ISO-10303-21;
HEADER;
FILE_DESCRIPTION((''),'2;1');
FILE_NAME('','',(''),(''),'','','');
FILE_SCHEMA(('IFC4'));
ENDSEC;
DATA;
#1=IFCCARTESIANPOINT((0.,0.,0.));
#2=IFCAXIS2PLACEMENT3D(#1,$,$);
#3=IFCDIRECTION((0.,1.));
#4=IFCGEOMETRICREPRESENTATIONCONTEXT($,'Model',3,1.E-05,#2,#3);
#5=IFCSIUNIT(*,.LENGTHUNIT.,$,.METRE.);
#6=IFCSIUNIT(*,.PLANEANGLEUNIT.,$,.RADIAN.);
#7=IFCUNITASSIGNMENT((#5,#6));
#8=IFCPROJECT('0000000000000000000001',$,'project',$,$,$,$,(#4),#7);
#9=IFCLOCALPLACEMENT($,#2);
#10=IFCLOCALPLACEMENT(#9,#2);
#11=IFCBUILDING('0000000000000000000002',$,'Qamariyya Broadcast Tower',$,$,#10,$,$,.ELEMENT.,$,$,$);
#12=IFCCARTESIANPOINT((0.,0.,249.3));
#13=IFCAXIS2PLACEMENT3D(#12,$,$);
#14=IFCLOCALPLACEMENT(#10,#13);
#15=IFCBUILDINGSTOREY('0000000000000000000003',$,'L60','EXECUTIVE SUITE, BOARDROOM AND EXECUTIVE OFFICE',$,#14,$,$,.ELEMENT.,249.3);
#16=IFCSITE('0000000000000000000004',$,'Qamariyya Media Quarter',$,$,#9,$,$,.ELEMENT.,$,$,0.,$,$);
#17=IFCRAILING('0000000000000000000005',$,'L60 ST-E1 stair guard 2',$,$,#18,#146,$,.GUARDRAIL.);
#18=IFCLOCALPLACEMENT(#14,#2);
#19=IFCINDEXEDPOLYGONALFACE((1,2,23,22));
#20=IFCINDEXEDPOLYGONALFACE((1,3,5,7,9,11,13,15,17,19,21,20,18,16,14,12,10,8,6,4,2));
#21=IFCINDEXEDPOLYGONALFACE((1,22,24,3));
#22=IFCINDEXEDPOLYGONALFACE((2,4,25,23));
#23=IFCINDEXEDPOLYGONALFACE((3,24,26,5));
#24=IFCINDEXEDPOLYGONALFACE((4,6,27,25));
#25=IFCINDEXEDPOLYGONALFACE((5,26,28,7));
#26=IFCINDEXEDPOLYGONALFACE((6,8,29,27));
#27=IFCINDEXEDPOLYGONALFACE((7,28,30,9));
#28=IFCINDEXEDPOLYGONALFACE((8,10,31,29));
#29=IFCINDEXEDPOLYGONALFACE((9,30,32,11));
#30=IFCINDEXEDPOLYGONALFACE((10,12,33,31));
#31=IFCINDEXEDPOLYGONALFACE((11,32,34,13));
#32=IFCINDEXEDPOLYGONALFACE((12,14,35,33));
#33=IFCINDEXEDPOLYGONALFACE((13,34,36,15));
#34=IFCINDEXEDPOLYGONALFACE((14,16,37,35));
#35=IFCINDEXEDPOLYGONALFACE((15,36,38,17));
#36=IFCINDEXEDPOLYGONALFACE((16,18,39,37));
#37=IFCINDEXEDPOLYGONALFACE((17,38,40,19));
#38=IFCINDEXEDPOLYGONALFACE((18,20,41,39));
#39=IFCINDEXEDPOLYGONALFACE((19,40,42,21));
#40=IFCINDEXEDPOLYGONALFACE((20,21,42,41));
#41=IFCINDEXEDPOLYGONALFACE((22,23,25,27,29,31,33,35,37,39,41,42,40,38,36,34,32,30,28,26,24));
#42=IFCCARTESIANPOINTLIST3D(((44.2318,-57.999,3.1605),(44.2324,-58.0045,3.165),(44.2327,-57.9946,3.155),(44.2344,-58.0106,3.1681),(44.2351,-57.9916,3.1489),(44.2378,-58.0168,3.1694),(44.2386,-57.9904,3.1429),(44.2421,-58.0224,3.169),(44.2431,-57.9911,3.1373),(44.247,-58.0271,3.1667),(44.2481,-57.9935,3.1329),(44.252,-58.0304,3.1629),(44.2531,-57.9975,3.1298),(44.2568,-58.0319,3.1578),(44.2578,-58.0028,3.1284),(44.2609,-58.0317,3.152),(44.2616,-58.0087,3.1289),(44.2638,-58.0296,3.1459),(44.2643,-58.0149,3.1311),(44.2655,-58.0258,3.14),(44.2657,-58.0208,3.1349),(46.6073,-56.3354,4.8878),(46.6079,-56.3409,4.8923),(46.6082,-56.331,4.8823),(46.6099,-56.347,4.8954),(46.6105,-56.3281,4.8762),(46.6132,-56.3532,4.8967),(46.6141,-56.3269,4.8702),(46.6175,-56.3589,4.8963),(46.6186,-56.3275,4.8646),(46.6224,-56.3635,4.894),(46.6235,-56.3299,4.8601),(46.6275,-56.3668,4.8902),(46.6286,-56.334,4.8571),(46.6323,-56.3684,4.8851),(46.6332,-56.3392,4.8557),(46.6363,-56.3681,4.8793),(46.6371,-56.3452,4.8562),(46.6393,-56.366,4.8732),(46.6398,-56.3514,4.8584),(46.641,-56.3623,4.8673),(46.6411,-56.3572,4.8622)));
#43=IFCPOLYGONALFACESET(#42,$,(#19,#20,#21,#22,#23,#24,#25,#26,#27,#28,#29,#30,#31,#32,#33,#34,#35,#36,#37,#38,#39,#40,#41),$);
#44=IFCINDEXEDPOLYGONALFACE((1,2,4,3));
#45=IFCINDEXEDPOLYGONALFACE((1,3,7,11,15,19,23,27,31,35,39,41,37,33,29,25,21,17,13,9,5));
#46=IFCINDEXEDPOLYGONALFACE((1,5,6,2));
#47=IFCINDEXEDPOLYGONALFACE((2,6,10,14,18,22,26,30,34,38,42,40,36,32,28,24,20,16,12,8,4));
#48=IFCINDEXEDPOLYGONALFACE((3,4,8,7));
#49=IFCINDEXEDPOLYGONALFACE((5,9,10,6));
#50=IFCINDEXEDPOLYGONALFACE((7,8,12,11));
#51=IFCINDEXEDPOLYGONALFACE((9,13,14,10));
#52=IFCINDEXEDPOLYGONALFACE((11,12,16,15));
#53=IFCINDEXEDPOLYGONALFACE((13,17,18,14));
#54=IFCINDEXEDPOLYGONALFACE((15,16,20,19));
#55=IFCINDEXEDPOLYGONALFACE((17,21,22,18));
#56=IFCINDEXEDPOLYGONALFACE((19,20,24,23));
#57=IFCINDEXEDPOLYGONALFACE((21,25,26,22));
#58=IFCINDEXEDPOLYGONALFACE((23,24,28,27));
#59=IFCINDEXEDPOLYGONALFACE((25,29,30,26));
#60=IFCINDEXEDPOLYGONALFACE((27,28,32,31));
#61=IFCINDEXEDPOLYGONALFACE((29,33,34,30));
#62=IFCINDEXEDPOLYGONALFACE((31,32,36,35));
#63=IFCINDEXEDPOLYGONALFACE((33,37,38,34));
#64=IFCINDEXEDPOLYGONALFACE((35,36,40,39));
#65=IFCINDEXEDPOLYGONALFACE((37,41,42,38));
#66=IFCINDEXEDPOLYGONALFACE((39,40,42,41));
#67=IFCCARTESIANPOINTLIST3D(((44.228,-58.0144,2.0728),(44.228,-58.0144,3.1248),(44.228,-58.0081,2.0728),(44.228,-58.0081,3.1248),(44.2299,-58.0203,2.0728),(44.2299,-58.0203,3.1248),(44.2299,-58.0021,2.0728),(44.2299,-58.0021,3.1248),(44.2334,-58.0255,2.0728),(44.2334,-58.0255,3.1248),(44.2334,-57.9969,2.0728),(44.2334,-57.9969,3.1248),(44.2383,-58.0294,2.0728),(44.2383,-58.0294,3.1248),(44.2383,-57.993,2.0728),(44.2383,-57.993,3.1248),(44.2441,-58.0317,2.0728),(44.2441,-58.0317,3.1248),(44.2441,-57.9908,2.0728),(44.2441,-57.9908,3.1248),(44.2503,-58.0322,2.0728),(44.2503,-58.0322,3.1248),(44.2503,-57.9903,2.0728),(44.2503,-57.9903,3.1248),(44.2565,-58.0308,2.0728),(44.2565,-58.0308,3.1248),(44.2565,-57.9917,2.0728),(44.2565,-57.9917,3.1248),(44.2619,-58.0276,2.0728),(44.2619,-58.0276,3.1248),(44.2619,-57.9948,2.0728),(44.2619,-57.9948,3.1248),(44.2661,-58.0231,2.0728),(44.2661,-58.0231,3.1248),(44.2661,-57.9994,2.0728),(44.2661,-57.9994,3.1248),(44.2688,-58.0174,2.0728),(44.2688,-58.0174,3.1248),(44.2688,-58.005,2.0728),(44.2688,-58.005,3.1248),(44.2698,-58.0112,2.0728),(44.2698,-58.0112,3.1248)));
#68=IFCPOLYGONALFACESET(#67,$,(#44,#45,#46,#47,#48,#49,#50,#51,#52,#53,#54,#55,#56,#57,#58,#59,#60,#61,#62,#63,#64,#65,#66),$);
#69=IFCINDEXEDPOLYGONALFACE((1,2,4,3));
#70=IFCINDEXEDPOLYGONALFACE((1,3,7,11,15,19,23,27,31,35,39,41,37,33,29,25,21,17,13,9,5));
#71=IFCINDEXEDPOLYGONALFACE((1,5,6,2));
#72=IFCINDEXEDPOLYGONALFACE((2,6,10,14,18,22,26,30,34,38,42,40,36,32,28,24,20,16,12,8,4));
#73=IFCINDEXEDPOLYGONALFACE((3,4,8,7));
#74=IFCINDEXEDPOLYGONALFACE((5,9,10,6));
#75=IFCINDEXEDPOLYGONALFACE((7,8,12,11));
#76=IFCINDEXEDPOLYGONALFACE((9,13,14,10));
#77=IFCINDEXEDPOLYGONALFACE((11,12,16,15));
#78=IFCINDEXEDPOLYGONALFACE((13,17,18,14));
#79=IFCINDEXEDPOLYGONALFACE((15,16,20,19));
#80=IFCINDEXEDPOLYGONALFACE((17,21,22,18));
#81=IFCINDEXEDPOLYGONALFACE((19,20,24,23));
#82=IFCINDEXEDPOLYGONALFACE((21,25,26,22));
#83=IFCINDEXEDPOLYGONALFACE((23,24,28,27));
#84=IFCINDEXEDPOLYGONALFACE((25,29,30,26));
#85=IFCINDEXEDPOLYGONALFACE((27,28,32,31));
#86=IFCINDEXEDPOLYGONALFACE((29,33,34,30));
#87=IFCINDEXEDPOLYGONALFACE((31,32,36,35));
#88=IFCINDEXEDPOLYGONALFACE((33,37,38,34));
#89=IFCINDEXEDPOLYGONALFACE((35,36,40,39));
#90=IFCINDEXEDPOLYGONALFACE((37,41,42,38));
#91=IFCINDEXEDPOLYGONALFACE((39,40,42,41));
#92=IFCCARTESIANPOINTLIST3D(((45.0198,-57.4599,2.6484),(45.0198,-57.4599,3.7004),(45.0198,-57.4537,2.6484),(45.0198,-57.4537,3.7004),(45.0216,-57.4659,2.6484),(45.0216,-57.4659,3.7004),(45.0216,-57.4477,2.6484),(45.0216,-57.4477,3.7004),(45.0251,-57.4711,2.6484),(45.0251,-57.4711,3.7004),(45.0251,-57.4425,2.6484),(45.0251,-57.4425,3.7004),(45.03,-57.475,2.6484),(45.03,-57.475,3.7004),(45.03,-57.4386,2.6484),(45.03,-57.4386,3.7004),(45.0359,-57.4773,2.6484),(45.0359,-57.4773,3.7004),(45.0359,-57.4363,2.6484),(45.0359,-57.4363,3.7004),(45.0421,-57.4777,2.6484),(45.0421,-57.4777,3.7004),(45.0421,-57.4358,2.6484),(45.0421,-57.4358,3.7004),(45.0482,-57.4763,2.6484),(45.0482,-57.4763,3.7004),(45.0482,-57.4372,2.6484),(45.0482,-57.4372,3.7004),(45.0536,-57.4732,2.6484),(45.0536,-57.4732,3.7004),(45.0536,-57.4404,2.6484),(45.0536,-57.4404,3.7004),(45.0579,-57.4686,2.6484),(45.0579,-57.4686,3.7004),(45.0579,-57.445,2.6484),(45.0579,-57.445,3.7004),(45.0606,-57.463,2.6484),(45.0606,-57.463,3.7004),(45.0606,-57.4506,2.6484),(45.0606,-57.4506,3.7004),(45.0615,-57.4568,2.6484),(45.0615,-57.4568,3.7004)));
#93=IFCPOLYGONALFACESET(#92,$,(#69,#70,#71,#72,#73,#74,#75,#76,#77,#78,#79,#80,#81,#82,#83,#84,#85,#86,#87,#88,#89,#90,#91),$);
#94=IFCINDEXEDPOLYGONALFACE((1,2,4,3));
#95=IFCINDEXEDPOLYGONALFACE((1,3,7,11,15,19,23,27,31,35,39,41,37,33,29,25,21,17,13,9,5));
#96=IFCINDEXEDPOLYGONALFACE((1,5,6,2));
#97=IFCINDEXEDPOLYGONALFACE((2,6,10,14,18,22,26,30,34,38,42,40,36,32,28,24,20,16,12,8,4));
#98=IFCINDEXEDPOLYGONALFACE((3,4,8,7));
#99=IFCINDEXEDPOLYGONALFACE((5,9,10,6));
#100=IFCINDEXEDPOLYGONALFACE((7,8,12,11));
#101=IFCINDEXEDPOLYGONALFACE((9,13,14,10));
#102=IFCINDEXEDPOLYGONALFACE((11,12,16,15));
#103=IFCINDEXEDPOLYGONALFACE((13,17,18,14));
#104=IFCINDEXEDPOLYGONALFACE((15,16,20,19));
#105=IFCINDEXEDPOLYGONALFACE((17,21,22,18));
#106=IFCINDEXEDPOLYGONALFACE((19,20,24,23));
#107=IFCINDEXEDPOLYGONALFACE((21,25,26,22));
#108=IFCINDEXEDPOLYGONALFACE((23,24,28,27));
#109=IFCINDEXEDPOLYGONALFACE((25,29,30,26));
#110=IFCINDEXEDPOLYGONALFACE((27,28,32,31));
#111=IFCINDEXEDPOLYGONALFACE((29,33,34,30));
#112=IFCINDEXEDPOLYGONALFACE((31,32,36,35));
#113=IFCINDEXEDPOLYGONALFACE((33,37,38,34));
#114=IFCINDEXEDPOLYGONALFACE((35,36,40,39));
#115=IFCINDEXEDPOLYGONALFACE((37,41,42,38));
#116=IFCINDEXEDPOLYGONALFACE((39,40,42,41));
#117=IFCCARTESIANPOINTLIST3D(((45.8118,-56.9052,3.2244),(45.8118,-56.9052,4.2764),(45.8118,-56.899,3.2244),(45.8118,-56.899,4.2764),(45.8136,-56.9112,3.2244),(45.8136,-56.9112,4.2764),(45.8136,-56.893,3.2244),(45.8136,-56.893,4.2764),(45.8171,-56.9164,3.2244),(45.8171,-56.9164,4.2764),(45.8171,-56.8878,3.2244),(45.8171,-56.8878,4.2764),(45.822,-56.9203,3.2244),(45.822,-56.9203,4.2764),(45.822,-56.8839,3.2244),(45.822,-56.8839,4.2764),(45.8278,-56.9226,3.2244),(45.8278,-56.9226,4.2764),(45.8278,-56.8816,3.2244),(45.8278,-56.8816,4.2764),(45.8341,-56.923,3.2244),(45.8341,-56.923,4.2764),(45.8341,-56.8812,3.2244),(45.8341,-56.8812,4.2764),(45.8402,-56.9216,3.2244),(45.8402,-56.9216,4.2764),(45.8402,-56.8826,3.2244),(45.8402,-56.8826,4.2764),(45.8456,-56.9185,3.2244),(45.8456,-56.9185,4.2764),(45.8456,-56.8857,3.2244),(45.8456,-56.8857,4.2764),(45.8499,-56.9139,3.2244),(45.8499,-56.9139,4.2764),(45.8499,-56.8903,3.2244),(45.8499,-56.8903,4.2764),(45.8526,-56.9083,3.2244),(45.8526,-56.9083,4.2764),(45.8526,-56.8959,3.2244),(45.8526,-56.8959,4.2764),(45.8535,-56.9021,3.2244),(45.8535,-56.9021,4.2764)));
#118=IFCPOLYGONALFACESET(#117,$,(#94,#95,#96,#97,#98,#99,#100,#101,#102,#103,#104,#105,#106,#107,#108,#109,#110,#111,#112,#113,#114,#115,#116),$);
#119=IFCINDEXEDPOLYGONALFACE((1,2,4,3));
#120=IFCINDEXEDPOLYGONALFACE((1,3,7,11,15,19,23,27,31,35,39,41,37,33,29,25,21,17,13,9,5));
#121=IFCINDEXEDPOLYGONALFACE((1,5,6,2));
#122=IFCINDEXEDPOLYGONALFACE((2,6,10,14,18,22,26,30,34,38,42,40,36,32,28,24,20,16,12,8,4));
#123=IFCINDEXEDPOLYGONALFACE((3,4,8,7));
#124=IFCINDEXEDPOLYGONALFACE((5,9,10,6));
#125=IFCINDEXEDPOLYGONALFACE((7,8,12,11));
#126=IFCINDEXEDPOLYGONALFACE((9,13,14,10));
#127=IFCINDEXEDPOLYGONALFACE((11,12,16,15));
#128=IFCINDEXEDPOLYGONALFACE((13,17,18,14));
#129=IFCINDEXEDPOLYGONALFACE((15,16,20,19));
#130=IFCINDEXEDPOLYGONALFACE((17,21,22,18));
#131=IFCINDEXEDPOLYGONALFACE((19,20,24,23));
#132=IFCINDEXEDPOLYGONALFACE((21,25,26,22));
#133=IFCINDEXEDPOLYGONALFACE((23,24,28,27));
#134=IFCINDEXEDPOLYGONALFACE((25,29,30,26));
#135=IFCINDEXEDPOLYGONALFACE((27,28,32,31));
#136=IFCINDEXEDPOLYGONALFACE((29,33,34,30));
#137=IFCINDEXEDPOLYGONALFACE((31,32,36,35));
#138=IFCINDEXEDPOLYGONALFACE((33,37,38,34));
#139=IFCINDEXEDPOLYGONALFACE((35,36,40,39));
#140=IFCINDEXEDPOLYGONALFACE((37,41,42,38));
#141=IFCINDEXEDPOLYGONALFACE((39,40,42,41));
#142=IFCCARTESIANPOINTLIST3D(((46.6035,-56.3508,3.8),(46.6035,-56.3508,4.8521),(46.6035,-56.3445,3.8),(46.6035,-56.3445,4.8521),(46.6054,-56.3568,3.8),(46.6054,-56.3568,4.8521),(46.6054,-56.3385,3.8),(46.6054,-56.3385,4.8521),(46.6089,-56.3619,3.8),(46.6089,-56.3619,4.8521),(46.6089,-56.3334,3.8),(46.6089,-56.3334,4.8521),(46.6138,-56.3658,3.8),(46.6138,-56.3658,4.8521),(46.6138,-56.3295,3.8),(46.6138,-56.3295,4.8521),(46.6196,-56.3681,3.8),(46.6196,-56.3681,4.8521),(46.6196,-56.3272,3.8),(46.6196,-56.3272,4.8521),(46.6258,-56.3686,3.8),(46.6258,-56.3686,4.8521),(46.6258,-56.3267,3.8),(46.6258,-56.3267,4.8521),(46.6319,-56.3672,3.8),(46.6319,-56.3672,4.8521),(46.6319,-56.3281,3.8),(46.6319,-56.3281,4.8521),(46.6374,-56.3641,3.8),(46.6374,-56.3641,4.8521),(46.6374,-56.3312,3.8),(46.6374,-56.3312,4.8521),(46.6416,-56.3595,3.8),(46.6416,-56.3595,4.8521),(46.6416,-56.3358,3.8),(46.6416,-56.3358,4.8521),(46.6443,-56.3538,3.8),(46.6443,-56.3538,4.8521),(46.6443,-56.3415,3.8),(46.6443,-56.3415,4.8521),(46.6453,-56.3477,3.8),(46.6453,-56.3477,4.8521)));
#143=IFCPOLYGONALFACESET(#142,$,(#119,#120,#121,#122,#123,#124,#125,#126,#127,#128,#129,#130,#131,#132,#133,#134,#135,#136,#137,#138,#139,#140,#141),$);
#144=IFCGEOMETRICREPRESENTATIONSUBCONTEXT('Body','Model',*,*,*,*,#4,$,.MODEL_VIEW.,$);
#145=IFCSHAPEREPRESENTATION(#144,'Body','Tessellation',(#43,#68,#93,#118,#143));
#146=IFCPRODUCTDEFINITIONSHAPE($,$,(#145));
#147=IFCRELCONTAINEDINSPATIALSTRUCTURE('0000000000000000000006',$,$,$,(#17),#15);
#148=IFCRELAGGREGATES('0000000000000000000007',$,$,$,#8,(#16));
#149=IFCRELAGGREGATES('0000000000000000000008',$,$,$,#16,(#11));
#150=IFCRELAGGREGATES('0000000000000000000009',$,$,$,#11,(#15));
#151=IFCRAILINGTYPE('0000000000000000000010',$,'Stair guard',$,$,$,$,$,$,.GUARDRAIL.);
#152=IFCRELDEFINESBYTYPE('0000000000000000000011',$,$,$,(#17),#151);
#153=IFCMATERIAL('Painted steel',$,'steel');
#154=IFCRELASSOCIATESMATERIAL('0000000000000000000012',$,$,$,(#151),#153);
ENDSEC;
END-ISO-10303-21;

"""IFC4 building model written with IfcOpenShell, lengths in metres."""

from ifc_helpers import new_model, si_unit, direction, frame, origin, origin_2d, place, context, subcontext, project, spatial, circle, extrude, material, type_object, element, save


model = new_model("IFC4")

# Units and contexts
model_context = context("Model", 3, precision=1e-05, world=origin(), true_north=direction((0.0, 1.0)))
body_context = subcontext(model_context, "Body", "Model", "MODEL_VIEW")
ifc_project = project(units=[si_unit("LENGTHUNIT", "METRE"), si_unit("PLANEANGLEUNIT", "RADIAN")], contexts=[model_context])

# Site, building, storey
site_placement = place(None, origin())
site = spatial("IfcSite", under=ifc_project, at=site_placement, Name="Qamariyya Media Quarter", CompositionType="ELEMENT", RefElevation=0.0)
building_placement = place(site_placement, origin())
building = spatial("IfcBuilding", under=site, at=building_placement, Name="Qamariyya Broadcast Tower", CompositionType="ELEMENT")
storey_placement = place(building_placement, frame((0.0, 0.0, 249.3)))
storey = spatial("IfcBuildingStorey", under=building, at=storey_placement, Name="L60", Description="EXECUTIVE SUITE, BOARDROOM AND EXECUTIVE OFFICE", CompositionType="ELEMENT", Elevation=249.3)

# Railing
ifc_material_1 = material(Name="Painted steel", Category="steel")
railing_type_1 = type_object("IfcRailingType", Name="Stair guard", PredefinedType="GUARDRAIL", material=ifc_material_1)
railing_1_placement = place(storey_placement, frame((44.2488, -58.0112, 2.0728)))
element("IfcRailing", 1, at=railing_1_placement, inside=storey, type_object=railing_type_1, Name="L60 ST-E1 stair guard 2", PredefinedType="GUARDRAIL", context=body_context, shape_type="SweptSolid", body=[
    extrude(circle(Radius=0.0239, at=origin_2d()), frame((0.0, 0.0, 1.0762), z_axis=(0.703745, 0.492838, 0.511716), x_axis=(-0.573632, 0.819113, 0.0)), (0.0, 0.0, 1.0), 3.3755),
    extrude(circle(Radius=0.021, at=origin_2d()), origin(), (0.0, 0.0, 1.0), 1.052),
    extrude(circle(Radius=0.021, at=origin_2d()), frame((0.7917, 0.5544, 0.5757)), (0.0, 0.0, 1.0), 1.052),
    extrude(circle(Radius=0.021, at=origin_2d()), frame((1.5837, 1.1091, 1.1516)), (0.0, 0.0, 1.0), 1.052),
    extrude(circle(Radius=0.021, at=origin_2d()), frame((2.3755, 1.6636, 1.7273)), (0.0, 0.0, 1.0), 1.052),
])

save(model, "model.ifc")
